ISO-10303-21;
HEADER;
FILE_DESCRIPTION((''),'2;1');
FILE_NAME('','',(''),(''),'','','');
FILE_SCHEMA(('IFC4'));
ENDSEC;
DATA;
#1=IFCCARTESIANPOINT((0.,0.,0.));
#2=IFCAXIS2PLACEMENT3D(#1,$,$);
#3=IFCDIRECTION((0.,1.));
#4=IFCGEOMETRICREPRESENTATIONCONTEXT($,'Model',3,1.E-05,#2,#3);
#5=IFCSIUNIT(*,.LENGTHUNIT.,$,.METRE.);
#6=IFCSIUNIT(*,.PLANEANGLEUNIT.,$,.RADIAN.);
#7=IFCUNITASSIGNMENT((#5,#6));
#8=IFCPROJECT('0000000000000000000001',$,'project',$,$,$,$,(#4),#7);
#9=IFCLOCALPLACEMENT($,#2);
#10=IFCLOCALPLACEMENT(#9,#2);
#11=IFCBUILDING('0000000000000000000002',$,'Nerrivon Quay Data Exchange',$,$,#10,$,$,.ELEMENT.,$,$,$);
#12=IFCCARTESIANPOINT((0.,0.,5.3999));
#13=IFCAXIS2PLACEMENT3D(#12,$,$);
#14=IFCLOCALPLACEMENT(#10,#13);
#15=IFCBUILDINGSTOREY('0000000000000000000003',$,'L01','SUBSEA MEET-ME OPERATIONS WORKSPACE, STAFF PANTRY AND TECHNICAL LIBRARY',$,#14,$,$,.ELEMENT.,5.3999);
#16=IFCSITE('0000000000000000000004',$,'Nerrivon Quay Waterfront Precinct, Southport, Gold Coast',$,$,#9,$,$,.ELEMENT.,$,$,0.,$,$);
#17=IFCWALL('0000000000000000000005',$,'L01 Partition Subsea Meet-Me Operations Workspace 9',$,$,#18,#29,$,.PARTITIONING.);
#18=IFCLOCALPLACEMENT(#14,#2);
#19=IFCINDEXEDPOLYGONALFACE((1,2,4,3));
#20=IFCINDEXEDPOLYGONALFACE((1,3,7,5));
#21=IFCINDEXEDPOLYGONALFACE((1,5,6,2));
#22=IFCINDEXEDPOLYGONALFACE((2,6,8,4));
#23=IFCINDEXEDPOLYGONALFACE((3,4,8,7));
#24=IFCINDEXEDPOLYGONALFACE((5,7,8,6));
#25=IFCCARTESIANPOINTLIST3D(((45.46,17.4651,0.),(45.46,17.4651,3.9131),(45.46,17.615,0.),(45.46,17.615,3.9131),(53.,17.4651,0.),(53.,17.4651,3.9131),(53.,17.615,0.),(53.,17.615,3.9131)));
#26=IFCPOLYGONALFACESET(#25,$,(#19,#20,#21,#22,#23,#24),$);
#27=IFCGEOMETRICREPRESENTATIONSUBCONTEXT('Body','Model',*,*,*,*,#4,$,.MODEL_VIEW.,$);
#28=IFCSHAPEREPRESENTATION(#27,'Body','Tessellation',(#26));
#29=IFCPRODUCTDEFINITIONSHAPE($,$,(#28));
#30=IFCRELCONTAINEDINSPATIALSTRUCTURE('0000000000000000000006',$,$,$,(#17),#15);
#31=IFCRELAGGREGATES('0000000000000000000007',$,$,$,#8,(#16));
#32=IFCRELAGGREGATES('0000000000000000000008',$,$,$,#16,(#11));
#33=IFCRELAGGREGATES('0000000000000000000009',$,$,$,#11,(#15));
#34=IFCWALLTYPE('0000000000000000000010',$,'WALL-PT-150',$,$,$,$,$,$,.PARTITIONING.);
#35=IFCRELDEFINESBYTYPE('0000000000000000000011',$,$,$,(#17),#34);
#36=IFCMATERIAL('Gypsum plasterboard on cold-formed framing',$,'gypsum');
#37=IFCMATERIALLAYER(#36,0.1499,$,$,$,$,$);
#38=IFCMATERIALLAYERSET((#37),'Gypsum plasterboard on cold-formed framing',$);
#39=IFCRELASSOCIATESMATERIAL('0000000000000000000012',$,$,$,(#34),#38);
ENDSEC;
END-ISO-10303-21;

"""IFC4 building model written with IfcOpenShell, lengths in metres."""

from ifc_helpers import new_model, si_unit, direction, frame, frame_2d, origin, place, context, subcontext, project, spatial, rectangle, extrude, material, layer, layer_set, type_object, element, save


model = new_model("IFC4")

# Units and contexts
model_context = context("Model", 3, precision=1e-05, world=origin(), true_north=direction((0.0, 1.0)))
body_context = subcontext(model_context, "Body", "Model", "MODEL_VIEW")
ifc_project = project(units=[si_unit("LENGTHUNIT", "METRE"), si_unit("PLANEANGLEUNIT", "RADIAN")], contexts=[model_context])

# Site, building, storey
site_placement = place(None, origin())
site = spatial("IfcSite", under=ifc_project, at=site_placement, Name="Nerrivon Quay Waterfront Precinct, Southport, Gold Coast", CompositionType="ELEMENT", RefElevation=0.0)
building_placement = place(site_placement, origin())
building = spatial("IfcBuilding", under=site, at=building_placement, Name="Nerrivon Quay Data Exchange", CompositionType="ELEMENT")
storey_placement = place(building_placement, frame((0.0, 0.0, 5.3999)))
storey = spatial("IfcBuildingStorey", under=building, at=storey_placement, Name="L01", Description="SUBSEA MEET-ME OPERATIONS WORKSPACE, STAFF PANTRY AND TECHNICAL LIBRARY", CompositionType="ELEMENT", Elevation=5.3999)

# Wall
ifc_material_1 = material(Name="Gypsum plasterboard on cold-formed framing", Category="gypsum")
ifc_layer_1 = layer(ifc_material_1, 0.1499)
ifc_layer_set_1 = layer_set([ifc_layer_1], Name="Gypsum plasterboard on cold-formed framing")
wall_type_1 = type_object("IfcWallType", Name="WALL-PT-150", PredefinedType="PARTITIONING", material=ifc_layer_set_1)
wall_1_placement = place(storey_placement, frame((53.0, 17.54, 0.0), z_axis=(0.0, 0.0, 1.0), x_axis=(-1.0, 0.0, 0.0)))
element("IfcWall", 1, at=wall_1_placement, inside=storey, type_object=wall_type_1, Name="L01 Partition Subsea Meet-Me Operations Workspace 9", PredefinedType="PARTITIONING", context=body_context, shape_type="SweptSolid", body=[
    extrude(rectangle(XDim=7.54, YDim=0.1499, at=frame_2d((3.77, 0.0))), origin(), (0.0, 0.0, 1.0), 3.9131),
])

save(model, "model.ifc")
